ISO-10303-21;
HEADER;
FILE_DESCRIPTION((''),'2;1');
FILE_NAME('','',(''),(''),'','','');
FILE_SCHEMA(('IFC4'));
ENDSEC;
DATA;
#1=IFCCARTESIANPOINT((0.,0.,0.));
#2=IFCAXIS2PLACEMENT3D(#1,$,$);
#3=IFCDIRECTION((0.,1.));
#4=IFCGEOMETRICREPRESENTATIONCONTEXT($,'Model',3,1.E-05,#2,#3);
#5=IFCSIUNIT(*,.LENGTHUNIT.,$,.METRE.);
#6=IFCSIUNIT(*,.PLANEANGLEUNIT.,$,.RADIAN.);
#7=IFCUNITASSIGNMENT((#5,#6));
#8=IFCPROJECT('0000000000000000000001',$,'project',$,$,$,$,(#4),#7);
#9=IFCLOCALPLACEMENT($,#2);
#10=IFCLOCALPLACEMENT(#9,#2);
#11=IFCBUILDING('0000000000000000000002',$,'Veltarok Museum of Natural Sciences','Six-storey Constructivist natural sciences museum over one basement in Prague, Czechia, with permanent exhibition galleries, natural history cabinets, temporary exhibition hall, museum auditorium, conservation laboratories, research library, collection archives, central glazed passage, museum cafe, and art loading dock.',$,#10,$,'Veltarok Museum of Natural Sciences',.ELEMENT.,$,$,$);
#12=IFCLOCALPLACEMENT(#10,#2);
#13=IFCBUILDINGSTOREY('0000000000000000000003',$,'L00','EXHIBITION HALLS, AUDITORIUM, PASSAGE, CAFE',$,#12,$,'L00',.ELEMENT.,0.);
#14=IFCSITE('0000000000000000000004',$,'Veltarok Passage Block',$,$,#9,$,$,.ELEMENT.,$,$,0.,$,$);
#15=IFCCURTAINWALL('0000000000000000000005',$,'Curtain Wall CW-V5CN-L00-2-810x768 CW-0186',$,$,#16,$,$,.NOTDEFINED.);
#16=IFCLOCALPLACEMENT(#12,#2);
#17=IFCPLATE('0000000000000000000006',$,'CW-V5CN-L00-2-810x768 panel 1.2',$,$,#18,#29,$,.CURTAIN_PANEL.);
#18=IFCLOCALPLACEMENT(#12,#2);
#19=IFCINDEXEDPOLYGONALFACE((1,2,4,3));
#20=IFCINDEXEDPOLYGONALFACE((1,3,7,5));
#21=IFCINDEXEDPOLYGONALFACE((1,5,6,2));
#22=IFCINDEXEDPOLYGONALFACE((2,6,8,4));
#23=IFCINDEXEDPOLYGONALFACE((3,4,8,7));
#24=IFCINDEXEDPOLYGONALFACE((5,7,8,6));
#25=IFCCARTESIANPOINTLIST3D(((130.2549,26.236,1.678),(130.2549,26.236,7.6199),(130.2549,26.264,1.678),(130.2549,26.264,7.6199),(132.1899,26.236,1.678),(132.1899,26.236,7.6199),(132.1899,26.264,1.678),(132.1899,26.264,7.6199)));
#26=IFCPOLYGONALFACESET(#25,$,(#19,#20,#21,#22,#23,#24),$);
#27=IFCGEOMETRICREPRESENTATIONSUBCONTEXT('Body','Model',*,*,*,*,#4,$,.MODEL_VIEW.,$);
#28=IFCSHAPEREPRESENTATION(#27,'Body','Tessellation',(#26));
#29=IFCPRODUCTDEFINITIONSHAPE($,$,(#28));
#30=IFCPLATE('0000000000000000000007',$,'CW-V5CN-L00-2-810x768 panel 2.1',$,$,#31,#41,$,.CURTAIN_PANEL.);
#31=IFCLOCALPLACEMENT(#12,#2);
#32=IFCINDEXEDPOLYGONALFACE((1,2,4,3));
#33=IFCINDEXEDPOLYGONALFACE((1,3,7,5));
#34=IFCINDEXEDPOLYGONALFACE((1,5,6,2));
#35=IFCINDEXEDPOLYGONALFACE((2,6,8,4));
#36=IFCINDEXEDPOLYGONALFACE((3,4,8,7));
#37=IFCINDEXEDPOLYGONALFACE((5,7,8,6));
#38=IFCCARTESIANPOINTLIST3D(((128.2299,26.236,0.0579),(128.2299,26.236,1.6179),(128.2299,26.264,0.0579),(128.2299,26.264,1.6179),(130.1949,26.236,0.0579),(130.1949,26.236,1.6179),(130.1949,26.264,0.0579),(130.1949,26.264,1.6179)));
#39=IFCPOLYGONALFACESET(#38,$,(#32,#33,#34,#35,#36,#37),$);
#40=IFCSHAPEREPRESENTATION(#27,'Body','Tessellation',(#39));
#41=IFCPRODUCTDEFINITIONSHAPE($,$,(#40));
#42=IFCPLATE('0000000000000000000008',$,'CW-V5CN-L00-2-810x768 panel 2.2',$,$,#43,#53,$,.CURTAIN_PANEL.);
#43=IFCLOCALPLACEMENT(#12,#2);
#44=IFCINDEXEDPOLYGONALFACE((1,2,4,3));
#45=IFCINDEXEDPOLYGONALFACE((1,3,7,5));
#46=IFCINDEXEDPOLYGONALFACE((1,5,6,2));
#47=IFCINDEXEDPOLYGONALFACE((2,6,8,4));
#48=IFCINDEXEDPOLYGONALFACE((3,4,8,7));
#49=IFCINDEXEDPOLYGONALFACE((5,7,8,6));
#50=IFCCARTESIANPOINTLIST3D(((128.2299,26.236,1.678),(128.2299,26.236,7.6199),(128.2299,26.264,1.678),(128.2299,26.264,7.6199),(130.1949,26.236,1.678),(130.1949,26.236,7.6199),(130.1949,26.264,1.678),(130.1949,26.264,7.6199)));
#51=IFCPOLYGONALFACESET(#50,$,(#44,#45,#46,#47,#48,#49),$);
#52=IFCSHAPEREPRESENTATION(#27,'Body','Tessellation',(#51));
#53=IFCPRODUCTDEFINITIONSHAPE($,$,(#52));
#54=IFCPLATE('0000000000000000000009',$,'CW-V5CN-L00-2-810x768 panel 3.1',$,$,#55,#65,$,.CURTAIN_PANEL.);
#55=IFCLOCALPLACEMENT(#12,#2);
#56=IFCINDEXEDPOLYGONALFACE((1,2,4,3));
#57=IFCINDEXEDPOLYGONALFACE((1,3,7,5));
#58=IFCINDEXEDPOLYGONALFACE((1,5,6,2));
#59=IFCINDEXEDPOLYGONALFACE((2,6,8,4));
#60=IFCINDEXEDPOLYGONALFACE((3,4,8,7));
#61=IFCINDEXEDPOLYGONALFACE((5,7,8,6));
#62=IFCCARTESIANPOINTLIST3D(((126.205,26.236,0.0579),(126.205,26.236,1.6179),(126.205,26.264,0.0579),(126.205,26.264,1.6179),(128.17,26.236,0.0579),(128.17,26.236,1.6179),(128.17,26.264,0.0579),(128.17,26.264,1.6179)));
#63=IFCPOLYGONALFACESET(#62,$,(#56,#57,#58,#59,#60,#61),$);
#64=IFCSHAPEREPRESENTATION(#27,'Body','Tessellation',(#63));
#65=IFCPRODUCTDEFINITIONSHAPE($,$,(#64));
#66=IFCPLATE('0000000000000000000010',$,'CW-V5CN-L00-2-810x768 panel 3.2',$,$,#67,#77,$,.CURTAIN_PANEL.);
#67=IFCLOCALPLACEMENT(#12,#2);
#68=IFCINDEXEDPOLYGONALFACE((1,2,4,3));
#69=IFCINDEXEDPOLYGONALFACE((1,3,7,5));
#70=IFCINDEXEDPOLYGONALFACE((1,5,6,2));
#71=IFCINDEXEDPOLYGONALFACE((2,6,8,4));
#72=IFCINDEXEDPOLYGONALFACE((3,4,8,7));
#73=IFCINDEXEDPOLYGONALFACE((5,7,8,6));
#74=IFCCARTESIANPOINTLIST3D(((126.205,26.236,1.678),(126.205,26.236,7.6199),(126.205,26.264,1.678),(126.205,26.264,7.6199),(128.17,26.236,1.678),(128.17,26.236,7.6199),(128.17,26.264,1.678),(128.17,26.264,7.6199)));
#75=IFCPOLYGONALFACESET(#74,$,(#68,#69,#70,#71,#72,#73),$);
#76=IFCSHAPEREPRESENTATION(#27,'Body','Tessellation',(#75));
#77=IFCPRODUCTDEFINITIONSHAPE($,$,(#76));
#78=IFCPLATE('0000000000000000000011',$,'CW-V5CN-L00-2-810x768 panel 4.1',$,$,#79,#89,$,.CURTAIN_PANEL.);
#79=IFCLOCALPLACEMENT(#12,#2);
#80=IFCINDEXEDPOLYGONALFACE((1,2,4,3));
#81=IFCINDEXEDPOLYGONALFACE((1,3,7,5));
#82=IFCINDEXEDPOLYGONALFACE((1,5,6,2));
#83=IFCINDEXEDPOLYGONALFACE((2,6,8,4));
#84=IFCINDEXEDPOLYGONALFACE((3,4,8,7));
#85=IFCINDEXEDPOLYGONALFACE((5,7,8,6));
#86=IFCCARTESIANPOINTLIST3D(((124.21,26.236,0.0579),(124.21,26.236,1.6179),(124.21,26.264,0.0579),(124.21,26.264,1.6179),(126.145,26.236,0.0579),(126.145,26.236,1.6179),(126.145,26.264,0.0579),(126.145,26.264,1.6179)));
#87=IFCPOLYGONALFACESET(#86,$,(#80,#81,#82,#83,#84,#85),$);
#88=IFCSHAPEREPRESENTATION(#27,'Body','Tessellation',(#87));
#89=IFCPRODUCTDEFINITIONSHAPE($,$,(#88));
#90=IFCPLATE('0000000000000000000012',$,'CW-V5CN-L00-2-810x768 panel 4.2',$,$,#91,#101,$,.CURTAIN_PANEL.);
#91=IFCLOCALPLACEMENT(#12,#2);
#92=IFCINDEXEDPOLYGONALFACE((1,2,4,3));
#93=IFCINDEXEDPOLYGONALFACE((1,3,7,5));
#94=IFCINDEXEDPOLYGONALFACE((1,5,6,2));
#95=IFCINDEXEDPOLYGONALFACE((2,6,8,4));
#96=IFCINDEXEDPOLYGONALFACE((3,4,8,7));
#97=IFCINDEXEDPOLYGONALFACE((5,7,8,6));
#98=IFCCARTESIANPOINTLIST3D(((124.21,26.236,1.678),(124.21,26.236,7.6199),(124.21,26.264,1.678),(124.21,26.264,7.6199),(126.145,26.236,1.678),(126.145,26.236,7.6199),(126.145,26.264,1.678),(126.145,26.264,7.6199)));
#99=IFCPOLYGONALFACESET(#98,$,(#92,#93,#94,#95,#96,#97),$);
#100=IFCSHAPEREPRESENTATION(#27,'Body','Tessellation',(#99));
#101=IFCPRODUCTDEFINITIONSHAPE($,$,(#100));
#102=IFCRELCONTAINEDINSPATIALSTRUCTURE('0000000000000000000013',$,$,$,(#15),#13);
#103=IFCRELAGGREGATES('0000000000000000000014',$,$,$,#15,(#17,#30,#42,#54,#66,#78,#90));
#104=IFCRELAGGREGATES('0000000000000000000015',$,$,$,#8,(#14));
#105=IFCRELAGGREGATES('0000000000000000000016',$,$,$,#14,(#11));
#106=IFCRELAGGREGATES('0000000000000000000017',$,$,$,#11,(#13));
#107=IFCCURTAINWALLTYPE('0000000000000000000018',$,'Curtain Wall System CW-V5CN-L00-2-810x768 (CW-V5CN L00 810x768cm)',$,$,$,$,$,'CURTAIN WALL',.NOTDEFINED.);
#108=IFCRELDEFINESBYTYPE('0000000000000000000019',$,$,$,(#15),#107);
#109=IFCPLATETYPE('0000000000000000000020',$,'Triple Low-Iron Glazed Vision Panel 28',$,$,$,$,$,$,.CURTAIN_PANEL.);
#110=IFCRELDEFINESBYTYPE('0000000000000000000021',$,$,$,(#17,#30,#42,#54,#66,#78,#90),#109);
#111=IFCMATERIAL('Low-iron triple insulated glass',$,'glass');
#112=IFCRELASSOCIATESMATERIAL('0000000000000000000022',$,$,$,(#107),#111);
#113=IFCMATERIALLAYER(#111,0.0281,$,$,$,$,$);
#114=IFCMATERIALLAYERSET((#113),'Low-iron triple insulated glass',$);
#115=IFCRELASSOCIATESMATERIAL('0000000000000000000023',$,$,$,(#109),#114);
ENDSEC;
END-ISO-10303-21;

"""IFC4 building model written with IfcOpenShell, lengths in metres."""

from ifc_helpers import new_model, si_unit, direction, frame, origin, origin_2d, place, context, subcontext, project, spatial, rectangle, extrude, material, layer, layer_set, type_object, element, aggregate, save


model = new_model("IFC4")

# Units and contexts
model_context = context("Model", 3, precision=1e-05, world=origin(), true_north=direction((0.0, 1.0)))
body_context = subcontext(model_context, "Body", "Model", "MODEL_VIEW")
ifc_project = project(units=[si_unit("LENGTHUNIT", "METRE"), si_unit("PLANEANGLEUNIT", "RADIAN")], contexts=[model_context])

# Site, building, storey
site_placement = place(None, origin())
site = spatial("IfcSite", under=ifc_project, at=site_placement, Name="Veltarok Passage Block", CompositionType="ELEMENT", RefElevation=0.0)
building_placement = place(site_placement, origin())
building = spatial("IfcBuilding", under=site, at=building_placement, Name="Veltarok Museum of Natural Sciences", Description="Six-storey Constructivist natural sciences museum over one basement in Prague, Czechia, with permanent exhibition galleries, natural history cabinets, temporary exhibition hall, museum auditorium, conservation laboratories, research library, collection archives, central glazed passage, museum cafe, and art loading dock.", LongName="Veltarok Museum of Natural Sciences", CompositionType="ELEMENT")
storey_placement = place(building_placement, origin())
storey = spatial("IfcBuildingStorey", under=building, at=storey_placement, Name="L00", Description="EXHIBITION HALLS, AUDITORIUM, PASSAGE, CAFE", LongName="L00", CompositionType="ELEMENT", Elevation=0.0)

# Curtain wall
ifc_material_1 = material(Name="Low-iron triple insulated glass", Category="glass")
curtain_wall_type_1 = type_object("IfcCurtainWallType", Name="Curtain Wall System CW-V5CN-L00-2-810x768 (CW-V5CN L00 810x768cm)", ElementType="CURTAIN WALL", PredefinedType="NOTDEFINED", material=ifc_material_1)
curtain_wall_1_placement = place(storey_placement, origin())
curtain_wall_1 = element("IfcCurtainWall", 1, at=curtain_wall_1_placement, inside=storey, type_object=curtain_wall_type_1, Name="Curtain Wall CW-V5CN-L00-2-810x768 CW-0186", PredefinedType="NOTDEFINED")

# Plates
ifc_layer = layer(ifc_material_1, 0.0281)
ifc_layer_set = layer_set([ifc_layer], Name="Low-iron triple insulated glass")
plate_type = type_object("IfcPlateType", Name="Triple Low-Iron Glazed Vision Panel 28", PredefinedType="CURTAIN_PANEL", material=ifc_layer_set)
plate_1_placement = place(storey_placement, frame((131.2224, 26.25, 1.678), z_axis=(0.0, 0.0, 1.0), x_axis=(-1.0, 0.0, 0.0)))
plate_1 = element("IfcPlate", 2, at=plate_1_placement, type_object=plate_type, Name="CW-V5CN-L00-2-810x768 panel 1.2", PredefinedType="CURTAIN_PANEL", context=body_context, shape_type="SweptSolid", body=[
    extrude(rectangle(XDim=1.9351, YDim=0.0281, at=origin_2d()), origin(), (0.0, 0.0, 1.0), 5.9419),
])
plate_2_placement = place(storey_placement, frame((129.2124, 26.25, 0.0579), z_axis=(0.0, 0.0, 1.0), x_axis=(-1.0, 0.0, 0.0)))
plate_2 = element("IfcPlate", 3, at=plate_2_placement, type_object=plate_type, Name="CW-V5CN-L00-2-810x768 panel 2.1", PredefinedType="CURTAIN_PANEL", context=body_context, shape_type="SweptSolid", body=[
    extrude(rectangle(XDim=1.9651, YDim=0.0281, at=origin_2d()), origin(), (0.0, 0.0, 1.0), 1.5601),
])
plate_3_placement = place(storey_placement, frame((129.2124, 26.25, 1.678), z_axis=(0.0, 0.0, 1.0), x_axis=(-1.0, 0.0, 0.0)))
plate_3 = element("IfcPlate", 4, at=plate_3_placement, type_object=plate_type, Name="CW-V5CN-L00-2-810x768 panel 2.2", PredefinedType="CURTAIN_PANEL", context=body_context, shape_type="SweptSolid", body=[
    extrude(rectangle(XDim=1.9651, YDim=0.0281, at=origin_2d()), origin(), (0.0, 0.0, 1.0), 5.9419),
])
plate_4_placement = place(storey_placement, frame((127.1875, 26.25, 0.0579), z_axis=(0.0, 0.0, 1.0), x_axis=(-1.0, 0.0, 0.0)))
plate_4 = element("IfcPlate", 5, at=plate_4_placement, type_object=plate_type, Name="CW-V5CN-L00-2-810x768 panel 3.1", PredefinedType="CURTAIN_PANEL", context=body_context, shape_type="SweptSolid", body=[
    extrude(rectangle(XDim=1.9651, YDim=0.0281, at=origin_2d()), origin(), (0.0, 0.0, 1.0), 1.5601),
])
plate_5_placement = place(storey_placement, frame((127.1875, 26.25, 1.678), z_axis=(0.0, 0.0, 1.0), x_axis=(-1.0, 0.0, 0.0)))
plate_5 = element("IfcPlate", 6, at=plate_5_placement, type_object=plate_type, Name="CW-V5CN-L00-2-810x768 panel 3.2", PredefinedType="CURTAIN_PANEL", context=body_context, shape_type="SweptSolid", body=[
    extrude(rectangle(XDim=1.9651, YDim=0.0281, at=origin_2d()), origin(), (0.0, 0.0, 1.0), 5.9419),
])
plate_6_placement = place(storey_placement, frame((125.1775, 26.25, 0.0579), z_axis=(0.0, 0.0, 1.0), x_axis=(-1.0, 0.0, 0.0)))
plate_6 = element("IfcPlate", 7, at=plate_6_placement, type_object=plate_type, Name="CW-V5CN-L00-2-810x768 panel 4.1", PredefinedType="CURTAIN_PANEL", context=body_context, shape_type="SweptSolid", body=[
    extrude(rectangle(XDim=1.9351, YDim=0.0281, at=origin_2d()), origin(), (0.0, 0.0, 1.0), 1.5601),
])
plate_7_placement = place(storey_placement, frame((125.1775, 26.25, 1.678), z_axis=(0.0, 0.0, 1.0), x_axis=(-1.0, 0.0, 0.0)))
plate_7 = element("IfcPlate", 8, at=plate_7_placement, type_object=plate_type, Name="CW-V5CN-L00-2-810x768 panel 4.2", PredefinedType="CURTAIN_PANEL", context=body_context, shape_type="SweptSolid", body=[
    extrude(rectangle(XDim=1.9351, YDim=0.0281, at=origin_2d()), origin(), (0.0, 0.0, 1.0), 5.9419),
])
aggregate(curtain_wall_1, [plate_1, plate_2, plate_3, plate_4, plate_5, plate_6, plate_7])

save(model, "model.ifc")
